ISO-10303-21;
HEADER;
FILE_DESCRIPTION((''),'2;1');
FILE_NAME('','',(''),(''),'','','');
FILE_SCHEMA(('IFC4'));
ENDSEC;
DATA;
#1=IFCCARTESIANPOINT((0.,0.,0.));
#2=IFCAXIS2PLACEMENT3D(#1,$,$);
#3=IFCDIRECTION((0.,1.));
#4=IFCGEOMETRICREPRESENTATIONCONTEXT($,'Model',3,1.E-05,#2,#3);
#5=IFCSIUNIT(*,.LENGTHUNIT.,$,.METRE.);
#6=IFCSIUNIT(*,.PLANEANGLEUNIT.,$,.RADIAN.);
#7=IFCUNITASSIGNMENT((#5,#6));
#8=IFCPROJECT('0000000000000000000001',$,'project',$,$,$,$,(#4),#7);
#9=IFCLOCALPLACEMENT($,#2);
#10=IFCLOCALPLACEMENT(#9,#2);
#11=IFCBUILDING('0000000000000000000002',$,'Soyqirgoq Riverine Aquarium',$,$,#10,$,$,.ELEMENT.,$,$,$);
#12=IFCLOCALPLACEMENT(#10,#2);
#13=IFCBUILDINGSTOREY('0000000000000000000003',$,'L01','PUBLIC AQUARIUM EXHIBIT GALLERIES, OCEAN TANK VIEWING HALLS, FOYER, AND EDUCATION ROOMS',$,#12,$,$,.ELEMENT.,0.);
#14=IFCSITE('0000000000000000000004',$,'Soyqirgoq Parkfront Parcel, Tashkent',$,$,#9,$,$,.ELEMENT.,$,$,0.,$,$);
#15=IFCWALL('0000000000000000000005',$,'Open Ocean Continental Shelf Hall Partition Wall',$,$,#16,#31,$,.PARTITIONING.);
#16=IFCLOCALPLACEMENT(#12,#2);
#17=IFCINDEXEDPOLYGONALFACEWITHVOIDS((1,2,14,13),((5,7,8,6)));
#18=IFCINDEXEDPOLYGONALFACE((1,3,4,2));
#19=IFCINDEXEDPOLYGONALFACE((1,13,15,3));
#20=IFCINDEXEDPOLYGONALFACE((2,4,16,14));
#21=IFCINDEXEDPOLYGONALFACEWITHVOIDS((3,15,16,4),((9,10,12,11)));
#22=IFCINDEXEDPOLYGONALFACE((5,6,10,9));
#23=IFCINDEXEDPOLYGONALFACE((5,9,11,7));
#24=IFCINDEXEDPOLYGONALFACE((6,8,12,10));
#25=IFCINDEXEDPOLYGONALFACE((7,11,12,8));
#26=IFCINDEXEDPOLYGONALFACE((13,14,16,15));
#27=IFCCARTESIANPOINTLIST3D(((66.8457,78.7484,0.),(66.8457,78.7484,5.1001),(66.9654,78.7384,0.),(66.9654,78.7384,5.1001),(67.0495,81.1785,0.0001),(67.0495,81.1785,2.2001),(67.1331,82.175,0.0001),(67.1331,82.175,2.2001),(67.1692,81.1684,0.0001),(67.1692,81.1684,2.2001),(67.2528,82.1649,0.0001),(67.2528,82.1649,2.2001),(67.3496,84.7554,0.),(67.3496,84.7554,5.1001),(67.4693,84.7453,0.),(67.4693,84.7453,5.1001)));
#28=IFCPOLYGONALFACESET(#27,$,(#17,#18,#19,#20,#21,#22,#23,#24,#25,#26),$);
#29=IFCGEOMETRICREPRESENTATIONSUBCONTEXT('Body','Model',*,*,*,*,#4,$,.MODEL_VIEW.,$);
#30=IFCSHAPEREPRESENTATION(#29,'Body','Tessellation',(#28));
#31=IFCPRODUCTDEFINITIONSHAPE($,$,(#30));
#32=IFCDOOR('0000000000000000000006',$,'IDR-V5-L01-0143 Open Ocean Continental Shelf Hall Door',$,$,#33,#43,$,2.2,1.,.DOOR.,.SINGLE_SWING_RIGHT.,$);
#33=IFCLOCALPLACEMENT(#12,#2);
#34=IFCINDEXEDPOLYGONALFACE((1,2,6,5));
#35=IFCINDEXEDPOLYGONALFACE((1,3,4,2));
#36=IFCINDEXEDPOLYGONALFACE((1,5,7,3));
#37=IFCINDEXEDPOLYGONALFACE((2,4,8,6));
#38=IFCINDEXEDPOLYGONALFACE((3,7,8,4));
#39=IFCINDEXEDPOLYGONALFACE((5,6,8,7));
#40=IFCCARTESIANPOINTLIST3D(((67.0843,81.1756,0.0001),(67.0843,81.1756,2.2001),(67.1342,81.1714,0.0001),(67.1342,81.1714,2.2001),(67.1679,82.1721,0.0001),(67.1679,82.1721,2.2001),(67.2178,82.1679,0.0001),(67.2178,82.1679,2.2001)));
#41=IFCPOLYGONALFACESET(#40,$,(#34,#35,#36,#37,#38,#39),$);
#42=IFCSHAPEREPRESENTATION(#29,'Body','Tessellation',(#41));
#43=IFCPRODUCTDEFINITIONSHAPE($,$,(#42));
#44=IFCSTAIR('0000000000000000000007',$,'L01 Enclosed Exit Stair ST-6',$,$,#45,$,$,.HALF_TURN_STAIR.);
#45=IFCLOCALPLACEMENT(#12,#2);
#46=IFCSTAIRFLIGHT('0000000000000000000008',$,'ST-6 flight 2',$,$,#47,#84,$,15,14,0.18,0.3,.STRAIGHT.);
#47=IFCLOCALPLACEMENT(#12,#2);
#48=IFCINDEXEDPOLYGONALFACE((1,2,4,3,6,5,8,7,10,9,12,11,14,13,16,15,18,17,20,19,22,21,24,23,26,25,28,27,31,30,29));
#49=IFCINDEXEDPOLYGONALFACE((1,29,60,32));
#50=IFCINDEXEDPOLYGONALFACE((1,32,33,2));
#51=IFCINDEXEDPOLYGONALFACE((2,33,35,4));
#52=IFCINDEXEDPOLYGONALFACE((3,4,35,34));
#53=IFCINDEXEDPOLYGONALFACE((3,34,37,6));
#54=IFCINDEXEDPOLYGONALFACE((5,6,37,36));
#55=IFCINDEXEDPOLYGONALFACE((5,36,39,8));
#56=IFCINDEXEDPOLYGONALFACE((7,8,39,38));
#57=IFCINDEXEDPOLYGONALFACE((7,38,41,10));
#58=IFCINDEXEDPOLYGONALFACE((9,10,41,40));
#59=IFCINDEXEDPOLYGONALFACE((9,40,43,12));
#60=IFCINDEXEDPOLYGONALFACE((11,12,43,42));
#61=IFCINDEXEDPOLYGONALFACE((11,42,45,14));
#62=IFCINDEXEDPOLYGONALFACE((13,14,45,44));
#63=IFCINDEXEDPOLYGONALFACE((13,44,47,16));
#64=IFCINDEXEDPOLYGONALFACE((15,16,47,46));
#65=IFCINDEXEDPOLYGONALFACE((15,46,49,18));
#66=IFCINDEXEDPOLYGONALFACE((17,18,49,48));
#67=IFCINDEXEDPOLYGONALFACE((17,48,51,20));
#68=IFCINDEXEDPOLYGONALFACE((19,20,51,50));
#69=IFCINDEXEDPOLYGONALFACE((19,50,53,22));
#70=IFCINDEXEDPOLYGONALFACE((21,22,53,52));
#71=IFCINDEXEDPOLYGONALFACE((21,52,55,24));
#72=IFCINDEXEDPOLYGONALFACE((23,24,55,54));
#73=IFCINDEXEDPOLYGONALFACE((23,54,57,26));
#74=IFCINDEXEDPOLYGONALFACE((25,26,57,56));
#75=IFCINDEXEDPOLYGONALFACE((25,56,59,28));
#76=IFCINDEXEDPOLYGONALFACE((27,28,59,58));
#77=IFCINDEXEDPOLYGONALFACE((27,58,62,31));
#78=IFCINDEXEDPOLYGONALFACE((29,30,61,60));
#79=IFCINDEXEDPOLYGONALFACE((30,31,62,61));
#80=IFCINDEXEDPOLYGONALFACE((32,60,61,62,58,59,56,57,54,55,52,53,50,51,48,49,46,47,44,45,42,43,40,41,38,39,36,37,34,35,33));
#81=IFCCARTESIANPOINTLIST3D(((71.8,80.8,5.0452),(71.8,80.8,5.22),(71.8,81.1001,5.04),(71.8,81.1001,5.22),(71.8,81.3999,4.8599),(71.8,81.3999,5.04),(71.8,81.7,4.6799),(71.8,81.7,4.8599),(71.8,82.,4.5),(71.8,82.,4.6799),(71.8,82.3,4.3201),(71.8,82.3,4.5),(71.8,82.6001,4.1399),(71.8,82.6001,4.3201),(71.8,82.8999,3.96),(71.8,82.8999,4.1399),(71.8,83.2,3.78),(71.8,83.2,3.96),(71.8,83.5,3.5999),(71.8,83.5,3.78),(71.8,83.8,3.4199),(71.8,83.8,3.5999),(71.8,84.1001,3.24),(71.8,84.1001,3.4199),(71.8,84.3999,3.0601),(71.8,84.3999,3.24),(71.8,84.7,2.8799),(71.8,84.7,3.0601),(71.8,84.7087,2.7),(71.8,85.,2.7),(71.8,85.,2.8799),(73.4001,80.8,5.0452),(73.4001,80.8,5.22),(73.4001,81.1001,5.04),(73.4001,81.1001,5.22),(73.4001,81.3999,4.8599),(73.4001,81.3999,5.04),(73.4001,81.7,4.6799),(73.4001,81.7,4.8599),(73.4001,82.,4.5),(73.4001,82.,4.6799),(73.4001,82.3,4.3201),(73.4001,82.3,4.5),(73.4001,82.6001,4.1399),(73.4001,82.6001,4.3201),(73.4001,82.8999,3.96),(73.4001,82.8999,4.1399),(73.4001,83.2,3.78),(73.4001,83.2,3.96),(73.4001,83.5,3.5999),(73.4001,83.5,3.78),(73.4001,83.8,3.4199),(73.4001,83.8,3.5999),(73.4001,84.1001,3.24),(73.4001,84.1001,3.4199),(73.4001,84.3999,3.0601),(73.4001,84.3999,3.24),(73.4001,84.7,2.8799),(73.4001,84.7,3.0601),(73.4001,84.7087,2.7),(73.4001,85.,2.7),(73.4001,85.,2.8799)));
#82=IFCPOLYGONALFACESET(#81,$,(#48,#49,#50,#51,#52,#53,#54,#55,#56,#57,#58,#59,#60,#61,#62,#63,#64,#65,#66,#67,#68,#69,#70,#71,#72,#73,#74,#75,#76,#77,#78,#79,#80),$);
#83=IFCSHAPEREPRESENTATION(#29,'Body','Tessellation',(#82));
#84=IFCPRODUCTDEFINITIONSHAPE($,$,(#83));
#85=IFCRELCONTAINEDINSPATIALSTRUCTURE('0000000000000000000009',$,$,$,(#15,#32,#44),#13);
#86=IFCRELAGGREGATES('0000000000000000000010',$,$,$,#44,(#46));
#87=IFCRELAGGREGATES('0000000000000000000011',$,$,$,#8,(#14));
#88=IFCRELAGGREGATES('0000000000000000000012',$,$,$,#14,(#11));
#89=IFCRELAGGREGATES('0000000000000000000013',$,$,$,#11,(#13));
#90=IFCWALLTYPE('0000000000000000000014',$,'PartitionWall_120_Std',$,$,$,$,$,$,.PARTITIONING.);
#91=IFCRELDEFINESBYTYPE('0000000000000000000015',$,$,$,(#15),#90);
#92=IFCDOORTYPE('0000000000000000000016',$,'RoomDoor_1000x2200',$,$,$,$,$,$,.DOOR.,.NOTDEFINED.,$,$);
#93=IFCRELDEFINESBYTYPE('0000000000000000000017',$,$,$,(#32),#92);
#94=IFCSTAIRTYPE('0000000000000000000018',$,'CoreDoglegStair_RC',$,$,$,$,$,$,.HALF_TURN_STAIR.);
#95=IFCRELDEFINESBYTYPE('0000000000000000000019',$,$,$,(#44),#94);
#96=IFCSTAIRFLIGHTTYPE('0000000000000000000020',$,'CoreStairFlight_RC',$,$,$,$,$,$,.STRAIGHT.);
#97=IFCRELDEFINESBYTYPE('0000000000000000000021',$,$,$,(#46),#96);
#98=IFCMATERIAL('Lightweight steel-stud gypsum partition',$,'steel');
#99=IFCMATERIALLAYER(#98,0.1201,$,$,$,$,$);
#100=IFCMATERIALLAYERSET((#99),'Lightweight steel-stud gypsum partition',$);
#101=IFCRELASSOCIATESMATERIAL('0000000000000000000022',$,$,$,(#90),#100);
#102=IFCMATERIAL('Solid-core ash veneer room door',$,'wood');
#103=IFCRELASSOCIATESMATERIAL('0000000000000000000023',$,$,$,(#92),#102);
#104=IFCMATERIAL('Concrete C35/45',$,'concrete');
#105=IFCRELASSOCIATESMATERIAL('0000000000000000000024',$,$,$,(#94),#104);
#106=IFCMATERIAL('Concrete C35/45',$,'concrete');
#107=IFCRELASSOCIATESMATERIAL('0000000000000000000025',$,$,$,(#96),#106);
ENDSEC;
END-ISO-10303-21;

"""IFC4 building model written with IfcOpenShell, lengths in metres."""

from ifc_helpers import new_model, si_unit, direction, frame, frame_2d, origin, place, context, subcontext, project, spatial, polyline, rectangle, outline, extrude, material, layer, layer_set, type_object, element, fill, aggregate, save


model = new_model("IFC4")

# Units and contexts
model_context = context("Model", 3, precision=1e-05, world=origin(), true_north=direction((0.0, 1.0)))
body_context = subcontext(model_context, "Body", "Model", "MODEL_VIEW")
ifc_project = project(units=[si_unit("LENGTHUNIT", "METRE"), si_unit("PLANEANGLEUNIT", "RADIAN")], contexts=[model_context])

# Site, building, storey
site_placement = place(None, origin())
site = spatial("IfcSite", under=ifc_project, at=site_placement, Name="Soyqirgoq Parkfront Parcel, Tashkent", CompositionType="ELEMENT", RefElevation=0.0)
building_placement = place(site_placement, origin())
building = spatial("IfcBuilding", under=site, at=building_placement, Name="Soyqirgoq Riverine Aquarium", CompositionType="ELEMENT")
storey_placement = place(building_placement, origin())
storey = spatial("IfcBuildingStorey", under=building, at=storey_placement, Name="L01", Description="PUBLIC AQUARIUM EXHIBIT GALLERIES, OCEAN TANK VIEWING HALLS, FOYER, AND EDUCATION ROOMS", CompositionType="ELEMENT", Elevation=0.0)

# Wall, opening, door
ifc_material_1 = material(Name="Lightweight steel-stud gypsum partition", Category="steel")
ifc_layer_1 = layer(ifc_material_1, 0.1201)
ifc_layer_set_1 = layer_set([ifc_layer_1], Name="Lightweight steel-stud gypsum partition")
wall_type_1 = type_object("IfcWallType", Name="PartitionWall_120_Std", PredefinedType="PARTITIONING", material=ifc_layer_set_1)
wall_1_placement = place(storey_placement, frame((67.4094, 84.7505, 0.0), z_axis=(0.0, 0.0, 1.0), x_axis=(-0.083592, -0.9965, 0.0)))
wall_1 = element("IfcWall", 1, at=wall_1_placement, inside=storey, type_object=wall_type_1, Name="Open Ocean Continental Shelf Hall Partition Wall", PredefinedType="PARTITIONING", context=body_context, shape_type="SweptSolid", body=[
    extrude(rectangle(XDim=6.0281, YDim=0.1201, at=frame_2d((3.0142, 0.0))), origin(), (0.0, 0.0, 1.0), 5.1001),
])
opening_placement = place(wall_1_placement, frame((2.5896, 0.0, 0.0)))
opening = element("IfcOpeningElement", 2, at=opening_placement, cuts=wall_1, PredefinedType="OPENING", context=body_context, shape_type="SweptSolid", body=[
    extrude(rectangle(XDim=1.0, YDim=2.2, at=frame_2d((0.5, 1.1001))), frame((0.0, 0.0701, 0.0), z_axis=(0.0, -1.0, 0.0), x_axis=(1.0, 0.0, 0.0)), (0.0, 0.0, 1.0), 0.1401),
])
ifc_material_2 = material(Name="Solid-core ash veneer room door", Category="wood")
door_type = type_object("IfcDoorType", Name="RoomDoor_1000x2200", OperationType="NOTDEFINED", PredefinedType="DOOR", material=ifc_material_2)
door_placement = place(opening_placement, origin())
door = element("IfcDoor", 3, at=door_placement, inside=storey, type_object=door_type, Name="IDR-V5-L01-0143 Open Ocean Continental Shelf Hall Door", OperationType="SINGLE_SWING_RIGHT", OverallHeight=2.2, OverallWidth=1.0, PredefinedType="DOOR", context=body_context, shape_type="SweptSolid", body=[
    extrude(rectangle(XDim=1.0, YDim=2.2, at=frame_2d((0.5, 1.1001))), frame((0.0, 0.0249, 0.0), z_axis=(0.0, -1.0, 0.0), x_axis=(1.0, 0.0, 0.0)), (0.0, 0.0, 1.0), 0.05),
])
fill(opening, door)

# Stair, stair flight
ifc_material_3 = material(Name="Concrete C35/45", Category="concrete")
stair_type = type_object("IfcStairType", Name="CoreDoglegStair_RC", PredefinedType="HALF_TURN_STAIR", material=ifc_material_3)
stair_placement = place(storey_placement, origin())
stair = element("IfcStair", 4, at=stair_placement, inside=storey, type_object=stair_type, Name="L01 Enclosed Exit Stair ST-6", PredefinedType="HALF_TURN_STAIR")
ifc_material_4 = material(Name="Concrete C35/45", Category="concrete")
stair_flight_type = type_object("IfcStairFlightType", Name="CoreStairFlight_RC", PredefinedType="STRAIGHT", material=ifc_material_4)
stair_flight_placement = place(storey_placement, frame((72.6001, 85.0, 2.7), z_axis=(0.0, 0.0, 1.0), x_axis=(0.0, -1.0, 0.0)))
stair_flight = element("IfcStairFlight", 5, at=stair_flight_placement, type_object=stair_flight_type, Name="ST-6 flight 2", NumberOfRisers=15, NumberOfTreads=14, PredefinedType="STRAIGHT", RiserHeight=0.18, TreadLength=0.3, context=body_context, shape_type="SweptSolid", body=[
    extrude(outline(polyline([(0.0, 0.0), (0.0, 0.1799), (0.3, 0.1799), (0.3, 0.3601), (0.6001, 0.3601), (0.6001, 0.54), (0.8999, 0.54), (0.8999, 0.72), (1.2, 0.72), (1.2, 0.8999), (1.5, 0.8999), (1.5, 1.0801), (1.8, 1.0801), (1.8, 1.26), (2.1001, 1.26), (2.1001, 1.4399), (2.3999, 1.4399), (2.3999, 1.6201), (2.7, 1.6201), (2.7, 1.8), (3.0, 1.8), (3.0, 1.98), (3.3, 1.98), (3.3, 2.1599), (3.6001, 2.1599), (3.6001, 2.3401), (3.8999, 2.3401), (3.8999, 2.52), (4.2, 2.52), (4.2, 2.7), (4.2, 2.3452), (0.2913, 0.0), (0.0, 0.0)])), frame((0.0, 0.8, 0.0), z_axis=(0.0, -1.0, 0.0), x_axis=(1.0, 0.0, 0.0)), (0.0, 0.0, 1.0), 1.6001),
])
aggregate(stair, [stair_flight])

save(model, "model.ifc")
